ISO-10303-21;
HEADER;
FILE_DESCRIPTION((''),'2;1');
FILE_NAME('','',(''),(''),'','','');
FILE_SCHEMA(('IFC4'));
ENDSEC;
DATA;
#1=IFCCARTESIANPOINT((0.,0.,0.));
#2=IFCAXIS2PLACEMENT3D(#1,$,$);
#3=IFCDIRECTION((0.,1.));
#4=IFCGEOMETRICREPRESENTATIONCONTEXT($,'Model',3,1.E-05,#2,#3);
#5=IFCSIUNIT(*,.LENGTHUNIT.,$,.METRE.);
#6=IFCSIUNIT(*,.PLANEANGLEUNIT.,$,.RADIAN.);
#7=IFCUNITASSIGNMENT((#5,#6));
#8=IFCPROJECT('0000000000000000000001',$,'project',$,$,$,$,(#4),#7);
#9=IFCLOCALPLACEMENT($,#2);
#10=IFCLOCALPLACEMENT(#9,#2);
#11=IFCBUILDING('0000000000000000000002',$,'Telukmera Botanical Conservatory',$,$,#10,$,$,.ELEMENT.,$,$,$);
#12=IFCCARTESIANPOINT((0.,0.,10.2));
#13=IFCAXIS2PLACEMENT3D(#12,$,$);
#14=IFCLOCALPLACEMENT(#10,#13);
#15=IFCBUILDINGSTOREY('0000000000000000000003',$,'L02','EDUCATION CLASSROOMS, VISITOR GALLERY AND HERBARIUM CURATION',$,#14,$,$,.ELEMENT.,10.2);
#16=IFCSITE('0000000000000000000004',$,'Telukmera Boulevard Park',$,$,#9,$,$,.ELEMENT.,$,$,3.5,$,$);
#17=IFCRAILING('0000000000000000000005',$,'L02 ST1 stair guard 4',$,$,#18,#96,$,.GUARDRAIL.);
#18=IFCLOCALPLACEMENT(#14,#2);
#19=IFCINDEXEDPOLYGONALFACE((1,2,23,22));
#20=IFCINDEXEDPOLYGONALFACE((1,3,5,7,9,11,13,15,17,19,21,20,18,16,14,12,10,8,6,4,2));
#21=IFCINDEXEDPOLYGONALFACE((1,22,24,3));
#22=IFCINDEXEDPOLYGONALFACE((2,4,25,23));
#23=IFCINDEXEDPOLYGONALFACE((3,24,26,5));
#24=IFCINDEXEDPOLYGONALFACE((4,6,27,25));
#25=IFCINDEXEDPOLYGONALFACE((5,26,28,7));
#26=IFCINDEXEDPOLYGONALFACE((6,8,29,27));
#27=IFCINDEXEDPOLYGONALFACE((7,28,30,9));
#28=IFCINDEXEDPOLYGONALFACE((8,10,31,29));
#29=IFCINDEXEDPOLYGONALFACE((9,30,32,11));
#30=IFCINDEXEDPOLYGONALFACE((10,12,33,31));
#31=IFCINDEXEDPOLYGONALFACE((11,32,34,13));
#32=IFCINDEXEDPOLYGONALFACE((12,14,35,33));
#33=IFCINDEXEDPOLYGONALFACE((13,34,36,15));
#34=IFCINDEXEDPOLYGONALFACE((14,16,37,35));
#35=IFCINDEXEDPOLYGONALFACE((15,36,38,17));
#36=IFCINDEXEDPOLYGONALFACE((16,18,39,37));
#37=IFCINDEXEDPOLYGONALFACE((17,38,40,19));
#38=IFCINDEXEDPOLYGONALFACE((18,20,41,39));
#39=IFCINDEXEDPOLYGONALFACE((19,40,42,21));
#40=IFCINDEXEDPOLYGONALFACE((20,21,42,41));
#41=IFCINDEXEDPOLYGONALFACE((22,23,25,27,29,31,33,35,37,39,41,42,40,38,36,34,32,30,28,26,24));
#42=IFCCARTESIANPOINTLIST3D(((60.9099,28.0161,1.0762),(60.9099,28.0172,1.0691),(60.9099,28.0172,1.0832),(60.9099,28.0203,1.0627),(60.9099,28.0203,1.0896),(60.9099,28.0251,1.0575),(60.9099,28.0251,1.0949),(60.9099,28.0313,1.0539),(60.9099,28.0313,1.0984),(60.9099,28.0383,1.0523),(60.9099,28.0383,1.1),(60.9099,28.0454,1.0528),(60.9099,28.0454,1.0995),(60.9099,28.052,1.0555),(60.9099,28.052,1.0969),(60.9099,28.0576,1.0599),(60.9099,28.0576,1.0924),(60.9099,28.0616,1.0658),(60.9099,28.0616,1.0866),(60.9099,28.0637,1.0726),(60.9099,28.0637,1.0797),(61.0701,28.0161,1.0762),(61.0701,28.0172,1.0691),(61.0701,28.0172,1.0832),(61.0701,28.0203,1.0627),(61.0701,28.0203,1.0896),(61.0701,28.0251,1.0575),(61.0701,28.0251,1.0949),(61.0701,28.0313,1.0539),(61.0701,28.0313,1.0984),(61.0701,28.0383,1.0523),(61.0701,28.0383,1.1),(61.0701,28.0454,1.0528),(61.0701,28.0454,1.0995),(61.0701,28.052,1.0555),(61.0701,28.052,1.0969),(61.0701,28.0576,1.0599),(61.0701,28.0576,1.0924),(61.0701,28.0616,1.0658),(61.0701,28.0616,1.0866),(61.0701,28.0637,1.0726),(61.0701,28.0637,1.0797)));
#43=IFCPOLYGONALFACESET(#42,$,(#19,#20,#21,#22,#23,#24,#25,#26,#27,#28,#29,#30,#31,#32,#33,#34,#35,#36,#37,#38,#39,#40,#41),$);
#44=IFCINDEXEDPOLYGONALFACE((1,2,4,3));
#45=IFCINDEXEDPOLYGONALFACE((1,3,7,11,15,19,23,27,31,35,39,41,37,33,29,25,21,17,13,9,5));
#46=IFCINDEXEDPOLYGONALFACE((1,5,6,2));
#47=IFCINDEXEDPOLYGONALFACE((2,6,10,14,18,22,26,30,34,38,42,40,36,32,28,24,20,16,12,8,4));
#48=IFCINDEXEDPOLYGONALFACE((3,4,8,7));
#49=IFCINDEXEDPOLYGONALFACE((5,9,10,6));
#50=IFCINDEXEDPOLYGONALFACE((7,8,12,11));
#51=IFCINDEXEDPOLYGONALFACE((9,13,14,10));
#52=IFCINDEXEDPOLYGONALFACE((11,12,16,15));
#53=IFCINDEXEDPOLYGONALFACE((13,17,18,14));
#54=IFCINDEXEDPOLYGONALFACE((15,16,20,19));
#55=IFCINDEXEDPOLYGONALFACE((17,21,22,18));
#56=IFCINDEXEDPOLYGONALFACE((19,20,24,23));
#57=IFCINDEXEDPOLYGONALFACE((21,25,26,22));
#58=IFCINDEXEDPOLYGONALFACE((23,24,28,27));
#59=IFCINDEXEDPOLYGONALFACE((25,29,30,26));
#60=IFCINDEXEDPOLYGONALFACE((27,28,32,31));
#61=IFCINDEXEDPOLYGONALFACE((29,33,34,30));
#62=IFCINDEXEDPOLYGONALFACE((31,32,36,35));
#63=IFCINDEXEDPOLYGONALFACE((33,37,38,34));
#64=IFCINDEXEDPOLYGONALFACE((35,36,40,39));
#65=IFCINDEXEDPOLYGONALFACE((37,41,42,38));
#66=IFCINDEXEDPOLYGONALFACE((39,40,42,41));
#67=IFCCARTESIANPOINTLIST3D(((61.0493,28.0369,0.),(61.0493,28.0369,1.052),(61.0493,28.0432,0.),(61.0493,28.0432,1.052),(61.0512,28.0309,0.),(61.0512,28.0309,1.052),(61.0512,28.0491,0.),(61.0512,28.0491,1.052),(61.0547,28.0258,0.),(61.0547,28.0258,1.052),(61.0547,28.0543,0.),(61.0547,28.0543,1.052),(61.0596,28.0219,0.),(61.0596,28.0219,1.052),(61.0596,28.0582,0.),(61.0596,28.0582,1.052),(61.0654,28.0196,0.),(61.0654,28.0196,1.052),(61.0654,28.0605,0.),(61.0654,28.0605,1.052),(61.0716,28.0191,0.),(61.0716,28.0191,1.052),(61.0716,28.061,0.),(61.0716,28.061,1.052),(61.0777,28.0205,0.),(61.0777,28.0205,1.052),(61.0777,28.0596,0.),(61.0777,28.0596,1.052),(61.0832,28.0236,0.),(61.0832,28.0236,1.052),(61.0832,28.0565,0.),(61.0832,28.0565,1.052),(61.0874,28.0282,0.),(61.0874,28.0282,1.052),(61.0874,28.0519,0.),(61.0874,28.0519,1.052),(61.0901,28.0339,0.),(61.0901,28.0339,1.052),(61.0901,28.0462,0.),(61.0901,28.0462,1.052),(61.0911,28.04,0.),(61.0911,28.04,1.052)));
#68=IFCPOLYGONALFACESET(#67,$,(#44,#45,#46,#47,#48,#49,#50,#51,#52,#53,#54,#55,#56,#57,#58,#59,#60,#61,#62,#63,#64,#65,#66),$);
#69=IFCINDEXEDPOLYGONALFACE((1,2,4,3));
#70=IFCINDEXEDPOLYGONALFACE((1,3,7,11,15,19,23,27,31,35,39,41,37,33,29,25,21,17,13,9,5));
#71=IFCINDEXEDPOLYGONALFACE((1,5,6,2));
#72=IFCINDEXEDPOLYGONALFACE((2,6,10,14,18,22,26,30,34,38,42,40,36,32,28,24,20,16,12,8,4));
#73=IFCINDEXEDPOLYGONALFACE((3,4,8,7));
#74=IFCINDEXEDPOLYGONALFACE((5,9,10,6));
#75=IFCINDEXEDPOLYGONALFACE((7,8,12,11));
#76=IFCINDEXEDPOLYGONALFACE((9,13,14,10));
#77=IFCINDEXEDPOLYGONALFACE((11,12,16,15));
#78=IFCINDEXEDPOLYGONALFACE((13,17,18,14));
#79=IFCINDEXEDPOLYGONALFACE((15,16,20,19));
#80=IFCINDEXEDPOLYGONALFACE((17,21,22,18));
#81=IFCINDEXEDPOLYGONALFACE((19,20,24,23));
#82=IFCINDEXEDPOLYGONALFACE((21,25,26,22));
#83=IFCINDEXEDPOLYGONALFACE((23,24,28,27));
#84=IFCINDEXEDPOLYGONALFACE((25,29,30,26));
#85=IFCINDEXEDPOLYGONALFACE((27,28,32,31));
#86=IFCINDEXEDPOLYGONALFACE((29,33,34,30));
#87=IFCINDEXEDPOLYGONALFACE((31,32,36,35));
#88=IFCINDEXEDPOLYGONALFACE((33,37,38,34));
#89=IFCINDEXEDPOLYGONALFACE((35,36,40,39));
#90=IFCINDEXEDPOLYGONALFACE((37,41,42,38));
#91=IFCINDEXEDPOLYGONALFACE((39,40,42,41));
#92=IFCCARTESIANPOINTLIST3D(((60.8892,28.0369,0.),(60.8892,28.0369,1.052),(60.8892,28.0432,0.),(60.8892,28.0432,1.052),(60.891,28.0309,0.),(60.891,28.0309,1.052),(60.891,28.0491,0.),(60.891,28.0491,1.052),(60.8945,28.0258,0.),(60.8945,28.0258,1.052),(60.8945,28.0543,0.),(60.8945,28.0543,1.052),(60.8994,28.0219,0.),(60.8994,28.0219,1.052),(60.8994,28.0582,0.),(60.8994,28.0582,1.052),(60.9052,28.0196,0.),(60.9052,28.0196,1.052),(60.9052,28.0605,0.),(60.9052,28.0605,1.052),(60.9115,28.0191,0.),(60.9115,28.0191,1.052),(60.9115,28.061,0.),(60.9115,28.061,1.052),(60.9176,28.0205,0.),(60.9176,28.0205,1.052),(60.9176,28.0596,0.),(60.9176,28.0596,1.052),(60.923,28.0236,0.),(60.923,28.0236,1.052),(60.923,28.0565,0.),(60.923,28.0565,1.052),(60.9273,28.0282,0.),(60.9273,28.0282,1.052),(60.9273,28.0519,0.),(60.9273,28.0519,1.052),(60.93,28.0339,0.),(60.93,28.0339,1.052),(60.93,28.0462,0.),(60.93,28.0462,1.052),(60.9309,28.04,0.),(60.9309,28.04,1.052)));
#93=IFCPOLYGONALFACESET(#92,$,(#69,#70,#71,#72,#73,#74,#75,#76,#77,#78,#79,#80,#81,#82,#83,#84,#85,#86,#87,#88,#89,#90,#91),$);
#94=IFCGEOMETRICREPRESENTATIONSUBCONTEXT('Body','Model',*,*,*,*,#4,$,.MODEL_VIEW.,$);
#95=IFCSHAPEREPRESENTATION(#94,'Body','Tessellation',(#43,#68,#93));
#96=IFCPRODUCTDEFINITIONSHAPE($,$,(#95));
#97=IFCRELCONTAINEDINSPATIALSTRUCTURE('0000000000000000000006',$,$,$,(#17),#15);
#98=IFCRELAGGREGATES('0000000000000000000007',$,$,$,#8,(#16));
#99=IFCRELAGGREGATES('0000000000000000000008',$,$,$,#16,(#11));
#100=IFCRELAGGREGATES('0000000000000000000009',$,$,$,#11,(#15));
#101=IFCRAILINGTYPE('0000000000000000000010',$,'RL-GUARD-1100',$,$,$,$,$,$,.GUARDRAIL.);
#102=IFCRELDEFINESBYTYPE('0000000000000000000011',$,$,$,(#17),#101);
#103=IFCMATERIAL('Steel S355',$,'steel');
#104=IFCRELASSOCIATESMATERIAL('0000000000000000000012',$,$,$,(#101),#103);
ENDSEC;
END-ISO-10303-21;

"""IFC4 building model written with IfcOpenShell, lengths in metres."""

from ifc_helpers import new_model, si_unit, direction, frame, origin, origin_2d, place, context, subcontext, project, spatial, circle, extrude, material, type_object, element, save


model = new_model("IFC4")

# Units and contexts
model_context = context("Model", 3, precision=1e-05, world=origin(), true_north=direction((0.0, 1.0)))
body_context = subcontext(model_context, "Body", "Model", "MODEL_VIEW")
ifc_project = project(units=[si_unit("LENGTHUNIT", "METRE"), si_unit("PLANEANGLEUNIT", "RADIAN")], contexts=[model_context])

# Site, building, storey
site_placement = place(None, origin())
site = spatial("IfcSite", under=ifc_project, at=site_placement, Name="Telukmera Boulevard Park", CompositionType="ELEMENT", RefElevation=3.5)
building_placement = place(site_placement, origin())
building = spatial("IfcBuilding", under=site, at=building_placement, Name="Telukmera Botanical Conservatory", CompositionType="ELEMENT")
storey_placement = place(building_placement, frame((0.0, 0.0, 10.2)))
storey = spatial("IfcBuildingStorey", under=building, at=storey_placement, Name="L02", Description="EDUCATION CLASSROOMS, VISITOR GALLERY AND HERBARIUM CURATION", CompositionType="ELEMENT", Elevation=10.2)

# Railing
ifc_material_1 = material(Name="Steel S355", Category="steel")
railing_type_1 = type_object("IfcRailingType", Name="RL-GUARD-1100", PredefinedType="GUARDRAIL", material=ifc_material_1)
railing_1_placement = place(storey_placement, frame((61.0701, 28.04, 0.0)))
element("IfcRailing", 1, at=railing_1_placement, inside=storey, type_object=railing_type_1, Name="L02 ST1 stair guard 4", PredefinedType="GUARDRAIL", context=body_context, shape_type="SweptSolid", body=[
    extrude(circle(Radius=0.0239, at=origin_2d()), frame((0.0, 0.0, 1.0762), z_axis=(-1.0, 0.0, 0.0), x_axis=(0.0, -1.0, 0.0)), (0.0, 0.0, 1.0), 0.1602),
    extrude(circle(Radius=0.021, at=origin_2d()), origin(), (0.0, 0.0, 1.0), 1.052),
    extrude(circle(Radius=0.021, at=origin_2d()), frame((-0.1602, 0.0, 0.0)), (0.0, 0.0, 1.0), 1.052),
])

save(model, "model.ifc")
